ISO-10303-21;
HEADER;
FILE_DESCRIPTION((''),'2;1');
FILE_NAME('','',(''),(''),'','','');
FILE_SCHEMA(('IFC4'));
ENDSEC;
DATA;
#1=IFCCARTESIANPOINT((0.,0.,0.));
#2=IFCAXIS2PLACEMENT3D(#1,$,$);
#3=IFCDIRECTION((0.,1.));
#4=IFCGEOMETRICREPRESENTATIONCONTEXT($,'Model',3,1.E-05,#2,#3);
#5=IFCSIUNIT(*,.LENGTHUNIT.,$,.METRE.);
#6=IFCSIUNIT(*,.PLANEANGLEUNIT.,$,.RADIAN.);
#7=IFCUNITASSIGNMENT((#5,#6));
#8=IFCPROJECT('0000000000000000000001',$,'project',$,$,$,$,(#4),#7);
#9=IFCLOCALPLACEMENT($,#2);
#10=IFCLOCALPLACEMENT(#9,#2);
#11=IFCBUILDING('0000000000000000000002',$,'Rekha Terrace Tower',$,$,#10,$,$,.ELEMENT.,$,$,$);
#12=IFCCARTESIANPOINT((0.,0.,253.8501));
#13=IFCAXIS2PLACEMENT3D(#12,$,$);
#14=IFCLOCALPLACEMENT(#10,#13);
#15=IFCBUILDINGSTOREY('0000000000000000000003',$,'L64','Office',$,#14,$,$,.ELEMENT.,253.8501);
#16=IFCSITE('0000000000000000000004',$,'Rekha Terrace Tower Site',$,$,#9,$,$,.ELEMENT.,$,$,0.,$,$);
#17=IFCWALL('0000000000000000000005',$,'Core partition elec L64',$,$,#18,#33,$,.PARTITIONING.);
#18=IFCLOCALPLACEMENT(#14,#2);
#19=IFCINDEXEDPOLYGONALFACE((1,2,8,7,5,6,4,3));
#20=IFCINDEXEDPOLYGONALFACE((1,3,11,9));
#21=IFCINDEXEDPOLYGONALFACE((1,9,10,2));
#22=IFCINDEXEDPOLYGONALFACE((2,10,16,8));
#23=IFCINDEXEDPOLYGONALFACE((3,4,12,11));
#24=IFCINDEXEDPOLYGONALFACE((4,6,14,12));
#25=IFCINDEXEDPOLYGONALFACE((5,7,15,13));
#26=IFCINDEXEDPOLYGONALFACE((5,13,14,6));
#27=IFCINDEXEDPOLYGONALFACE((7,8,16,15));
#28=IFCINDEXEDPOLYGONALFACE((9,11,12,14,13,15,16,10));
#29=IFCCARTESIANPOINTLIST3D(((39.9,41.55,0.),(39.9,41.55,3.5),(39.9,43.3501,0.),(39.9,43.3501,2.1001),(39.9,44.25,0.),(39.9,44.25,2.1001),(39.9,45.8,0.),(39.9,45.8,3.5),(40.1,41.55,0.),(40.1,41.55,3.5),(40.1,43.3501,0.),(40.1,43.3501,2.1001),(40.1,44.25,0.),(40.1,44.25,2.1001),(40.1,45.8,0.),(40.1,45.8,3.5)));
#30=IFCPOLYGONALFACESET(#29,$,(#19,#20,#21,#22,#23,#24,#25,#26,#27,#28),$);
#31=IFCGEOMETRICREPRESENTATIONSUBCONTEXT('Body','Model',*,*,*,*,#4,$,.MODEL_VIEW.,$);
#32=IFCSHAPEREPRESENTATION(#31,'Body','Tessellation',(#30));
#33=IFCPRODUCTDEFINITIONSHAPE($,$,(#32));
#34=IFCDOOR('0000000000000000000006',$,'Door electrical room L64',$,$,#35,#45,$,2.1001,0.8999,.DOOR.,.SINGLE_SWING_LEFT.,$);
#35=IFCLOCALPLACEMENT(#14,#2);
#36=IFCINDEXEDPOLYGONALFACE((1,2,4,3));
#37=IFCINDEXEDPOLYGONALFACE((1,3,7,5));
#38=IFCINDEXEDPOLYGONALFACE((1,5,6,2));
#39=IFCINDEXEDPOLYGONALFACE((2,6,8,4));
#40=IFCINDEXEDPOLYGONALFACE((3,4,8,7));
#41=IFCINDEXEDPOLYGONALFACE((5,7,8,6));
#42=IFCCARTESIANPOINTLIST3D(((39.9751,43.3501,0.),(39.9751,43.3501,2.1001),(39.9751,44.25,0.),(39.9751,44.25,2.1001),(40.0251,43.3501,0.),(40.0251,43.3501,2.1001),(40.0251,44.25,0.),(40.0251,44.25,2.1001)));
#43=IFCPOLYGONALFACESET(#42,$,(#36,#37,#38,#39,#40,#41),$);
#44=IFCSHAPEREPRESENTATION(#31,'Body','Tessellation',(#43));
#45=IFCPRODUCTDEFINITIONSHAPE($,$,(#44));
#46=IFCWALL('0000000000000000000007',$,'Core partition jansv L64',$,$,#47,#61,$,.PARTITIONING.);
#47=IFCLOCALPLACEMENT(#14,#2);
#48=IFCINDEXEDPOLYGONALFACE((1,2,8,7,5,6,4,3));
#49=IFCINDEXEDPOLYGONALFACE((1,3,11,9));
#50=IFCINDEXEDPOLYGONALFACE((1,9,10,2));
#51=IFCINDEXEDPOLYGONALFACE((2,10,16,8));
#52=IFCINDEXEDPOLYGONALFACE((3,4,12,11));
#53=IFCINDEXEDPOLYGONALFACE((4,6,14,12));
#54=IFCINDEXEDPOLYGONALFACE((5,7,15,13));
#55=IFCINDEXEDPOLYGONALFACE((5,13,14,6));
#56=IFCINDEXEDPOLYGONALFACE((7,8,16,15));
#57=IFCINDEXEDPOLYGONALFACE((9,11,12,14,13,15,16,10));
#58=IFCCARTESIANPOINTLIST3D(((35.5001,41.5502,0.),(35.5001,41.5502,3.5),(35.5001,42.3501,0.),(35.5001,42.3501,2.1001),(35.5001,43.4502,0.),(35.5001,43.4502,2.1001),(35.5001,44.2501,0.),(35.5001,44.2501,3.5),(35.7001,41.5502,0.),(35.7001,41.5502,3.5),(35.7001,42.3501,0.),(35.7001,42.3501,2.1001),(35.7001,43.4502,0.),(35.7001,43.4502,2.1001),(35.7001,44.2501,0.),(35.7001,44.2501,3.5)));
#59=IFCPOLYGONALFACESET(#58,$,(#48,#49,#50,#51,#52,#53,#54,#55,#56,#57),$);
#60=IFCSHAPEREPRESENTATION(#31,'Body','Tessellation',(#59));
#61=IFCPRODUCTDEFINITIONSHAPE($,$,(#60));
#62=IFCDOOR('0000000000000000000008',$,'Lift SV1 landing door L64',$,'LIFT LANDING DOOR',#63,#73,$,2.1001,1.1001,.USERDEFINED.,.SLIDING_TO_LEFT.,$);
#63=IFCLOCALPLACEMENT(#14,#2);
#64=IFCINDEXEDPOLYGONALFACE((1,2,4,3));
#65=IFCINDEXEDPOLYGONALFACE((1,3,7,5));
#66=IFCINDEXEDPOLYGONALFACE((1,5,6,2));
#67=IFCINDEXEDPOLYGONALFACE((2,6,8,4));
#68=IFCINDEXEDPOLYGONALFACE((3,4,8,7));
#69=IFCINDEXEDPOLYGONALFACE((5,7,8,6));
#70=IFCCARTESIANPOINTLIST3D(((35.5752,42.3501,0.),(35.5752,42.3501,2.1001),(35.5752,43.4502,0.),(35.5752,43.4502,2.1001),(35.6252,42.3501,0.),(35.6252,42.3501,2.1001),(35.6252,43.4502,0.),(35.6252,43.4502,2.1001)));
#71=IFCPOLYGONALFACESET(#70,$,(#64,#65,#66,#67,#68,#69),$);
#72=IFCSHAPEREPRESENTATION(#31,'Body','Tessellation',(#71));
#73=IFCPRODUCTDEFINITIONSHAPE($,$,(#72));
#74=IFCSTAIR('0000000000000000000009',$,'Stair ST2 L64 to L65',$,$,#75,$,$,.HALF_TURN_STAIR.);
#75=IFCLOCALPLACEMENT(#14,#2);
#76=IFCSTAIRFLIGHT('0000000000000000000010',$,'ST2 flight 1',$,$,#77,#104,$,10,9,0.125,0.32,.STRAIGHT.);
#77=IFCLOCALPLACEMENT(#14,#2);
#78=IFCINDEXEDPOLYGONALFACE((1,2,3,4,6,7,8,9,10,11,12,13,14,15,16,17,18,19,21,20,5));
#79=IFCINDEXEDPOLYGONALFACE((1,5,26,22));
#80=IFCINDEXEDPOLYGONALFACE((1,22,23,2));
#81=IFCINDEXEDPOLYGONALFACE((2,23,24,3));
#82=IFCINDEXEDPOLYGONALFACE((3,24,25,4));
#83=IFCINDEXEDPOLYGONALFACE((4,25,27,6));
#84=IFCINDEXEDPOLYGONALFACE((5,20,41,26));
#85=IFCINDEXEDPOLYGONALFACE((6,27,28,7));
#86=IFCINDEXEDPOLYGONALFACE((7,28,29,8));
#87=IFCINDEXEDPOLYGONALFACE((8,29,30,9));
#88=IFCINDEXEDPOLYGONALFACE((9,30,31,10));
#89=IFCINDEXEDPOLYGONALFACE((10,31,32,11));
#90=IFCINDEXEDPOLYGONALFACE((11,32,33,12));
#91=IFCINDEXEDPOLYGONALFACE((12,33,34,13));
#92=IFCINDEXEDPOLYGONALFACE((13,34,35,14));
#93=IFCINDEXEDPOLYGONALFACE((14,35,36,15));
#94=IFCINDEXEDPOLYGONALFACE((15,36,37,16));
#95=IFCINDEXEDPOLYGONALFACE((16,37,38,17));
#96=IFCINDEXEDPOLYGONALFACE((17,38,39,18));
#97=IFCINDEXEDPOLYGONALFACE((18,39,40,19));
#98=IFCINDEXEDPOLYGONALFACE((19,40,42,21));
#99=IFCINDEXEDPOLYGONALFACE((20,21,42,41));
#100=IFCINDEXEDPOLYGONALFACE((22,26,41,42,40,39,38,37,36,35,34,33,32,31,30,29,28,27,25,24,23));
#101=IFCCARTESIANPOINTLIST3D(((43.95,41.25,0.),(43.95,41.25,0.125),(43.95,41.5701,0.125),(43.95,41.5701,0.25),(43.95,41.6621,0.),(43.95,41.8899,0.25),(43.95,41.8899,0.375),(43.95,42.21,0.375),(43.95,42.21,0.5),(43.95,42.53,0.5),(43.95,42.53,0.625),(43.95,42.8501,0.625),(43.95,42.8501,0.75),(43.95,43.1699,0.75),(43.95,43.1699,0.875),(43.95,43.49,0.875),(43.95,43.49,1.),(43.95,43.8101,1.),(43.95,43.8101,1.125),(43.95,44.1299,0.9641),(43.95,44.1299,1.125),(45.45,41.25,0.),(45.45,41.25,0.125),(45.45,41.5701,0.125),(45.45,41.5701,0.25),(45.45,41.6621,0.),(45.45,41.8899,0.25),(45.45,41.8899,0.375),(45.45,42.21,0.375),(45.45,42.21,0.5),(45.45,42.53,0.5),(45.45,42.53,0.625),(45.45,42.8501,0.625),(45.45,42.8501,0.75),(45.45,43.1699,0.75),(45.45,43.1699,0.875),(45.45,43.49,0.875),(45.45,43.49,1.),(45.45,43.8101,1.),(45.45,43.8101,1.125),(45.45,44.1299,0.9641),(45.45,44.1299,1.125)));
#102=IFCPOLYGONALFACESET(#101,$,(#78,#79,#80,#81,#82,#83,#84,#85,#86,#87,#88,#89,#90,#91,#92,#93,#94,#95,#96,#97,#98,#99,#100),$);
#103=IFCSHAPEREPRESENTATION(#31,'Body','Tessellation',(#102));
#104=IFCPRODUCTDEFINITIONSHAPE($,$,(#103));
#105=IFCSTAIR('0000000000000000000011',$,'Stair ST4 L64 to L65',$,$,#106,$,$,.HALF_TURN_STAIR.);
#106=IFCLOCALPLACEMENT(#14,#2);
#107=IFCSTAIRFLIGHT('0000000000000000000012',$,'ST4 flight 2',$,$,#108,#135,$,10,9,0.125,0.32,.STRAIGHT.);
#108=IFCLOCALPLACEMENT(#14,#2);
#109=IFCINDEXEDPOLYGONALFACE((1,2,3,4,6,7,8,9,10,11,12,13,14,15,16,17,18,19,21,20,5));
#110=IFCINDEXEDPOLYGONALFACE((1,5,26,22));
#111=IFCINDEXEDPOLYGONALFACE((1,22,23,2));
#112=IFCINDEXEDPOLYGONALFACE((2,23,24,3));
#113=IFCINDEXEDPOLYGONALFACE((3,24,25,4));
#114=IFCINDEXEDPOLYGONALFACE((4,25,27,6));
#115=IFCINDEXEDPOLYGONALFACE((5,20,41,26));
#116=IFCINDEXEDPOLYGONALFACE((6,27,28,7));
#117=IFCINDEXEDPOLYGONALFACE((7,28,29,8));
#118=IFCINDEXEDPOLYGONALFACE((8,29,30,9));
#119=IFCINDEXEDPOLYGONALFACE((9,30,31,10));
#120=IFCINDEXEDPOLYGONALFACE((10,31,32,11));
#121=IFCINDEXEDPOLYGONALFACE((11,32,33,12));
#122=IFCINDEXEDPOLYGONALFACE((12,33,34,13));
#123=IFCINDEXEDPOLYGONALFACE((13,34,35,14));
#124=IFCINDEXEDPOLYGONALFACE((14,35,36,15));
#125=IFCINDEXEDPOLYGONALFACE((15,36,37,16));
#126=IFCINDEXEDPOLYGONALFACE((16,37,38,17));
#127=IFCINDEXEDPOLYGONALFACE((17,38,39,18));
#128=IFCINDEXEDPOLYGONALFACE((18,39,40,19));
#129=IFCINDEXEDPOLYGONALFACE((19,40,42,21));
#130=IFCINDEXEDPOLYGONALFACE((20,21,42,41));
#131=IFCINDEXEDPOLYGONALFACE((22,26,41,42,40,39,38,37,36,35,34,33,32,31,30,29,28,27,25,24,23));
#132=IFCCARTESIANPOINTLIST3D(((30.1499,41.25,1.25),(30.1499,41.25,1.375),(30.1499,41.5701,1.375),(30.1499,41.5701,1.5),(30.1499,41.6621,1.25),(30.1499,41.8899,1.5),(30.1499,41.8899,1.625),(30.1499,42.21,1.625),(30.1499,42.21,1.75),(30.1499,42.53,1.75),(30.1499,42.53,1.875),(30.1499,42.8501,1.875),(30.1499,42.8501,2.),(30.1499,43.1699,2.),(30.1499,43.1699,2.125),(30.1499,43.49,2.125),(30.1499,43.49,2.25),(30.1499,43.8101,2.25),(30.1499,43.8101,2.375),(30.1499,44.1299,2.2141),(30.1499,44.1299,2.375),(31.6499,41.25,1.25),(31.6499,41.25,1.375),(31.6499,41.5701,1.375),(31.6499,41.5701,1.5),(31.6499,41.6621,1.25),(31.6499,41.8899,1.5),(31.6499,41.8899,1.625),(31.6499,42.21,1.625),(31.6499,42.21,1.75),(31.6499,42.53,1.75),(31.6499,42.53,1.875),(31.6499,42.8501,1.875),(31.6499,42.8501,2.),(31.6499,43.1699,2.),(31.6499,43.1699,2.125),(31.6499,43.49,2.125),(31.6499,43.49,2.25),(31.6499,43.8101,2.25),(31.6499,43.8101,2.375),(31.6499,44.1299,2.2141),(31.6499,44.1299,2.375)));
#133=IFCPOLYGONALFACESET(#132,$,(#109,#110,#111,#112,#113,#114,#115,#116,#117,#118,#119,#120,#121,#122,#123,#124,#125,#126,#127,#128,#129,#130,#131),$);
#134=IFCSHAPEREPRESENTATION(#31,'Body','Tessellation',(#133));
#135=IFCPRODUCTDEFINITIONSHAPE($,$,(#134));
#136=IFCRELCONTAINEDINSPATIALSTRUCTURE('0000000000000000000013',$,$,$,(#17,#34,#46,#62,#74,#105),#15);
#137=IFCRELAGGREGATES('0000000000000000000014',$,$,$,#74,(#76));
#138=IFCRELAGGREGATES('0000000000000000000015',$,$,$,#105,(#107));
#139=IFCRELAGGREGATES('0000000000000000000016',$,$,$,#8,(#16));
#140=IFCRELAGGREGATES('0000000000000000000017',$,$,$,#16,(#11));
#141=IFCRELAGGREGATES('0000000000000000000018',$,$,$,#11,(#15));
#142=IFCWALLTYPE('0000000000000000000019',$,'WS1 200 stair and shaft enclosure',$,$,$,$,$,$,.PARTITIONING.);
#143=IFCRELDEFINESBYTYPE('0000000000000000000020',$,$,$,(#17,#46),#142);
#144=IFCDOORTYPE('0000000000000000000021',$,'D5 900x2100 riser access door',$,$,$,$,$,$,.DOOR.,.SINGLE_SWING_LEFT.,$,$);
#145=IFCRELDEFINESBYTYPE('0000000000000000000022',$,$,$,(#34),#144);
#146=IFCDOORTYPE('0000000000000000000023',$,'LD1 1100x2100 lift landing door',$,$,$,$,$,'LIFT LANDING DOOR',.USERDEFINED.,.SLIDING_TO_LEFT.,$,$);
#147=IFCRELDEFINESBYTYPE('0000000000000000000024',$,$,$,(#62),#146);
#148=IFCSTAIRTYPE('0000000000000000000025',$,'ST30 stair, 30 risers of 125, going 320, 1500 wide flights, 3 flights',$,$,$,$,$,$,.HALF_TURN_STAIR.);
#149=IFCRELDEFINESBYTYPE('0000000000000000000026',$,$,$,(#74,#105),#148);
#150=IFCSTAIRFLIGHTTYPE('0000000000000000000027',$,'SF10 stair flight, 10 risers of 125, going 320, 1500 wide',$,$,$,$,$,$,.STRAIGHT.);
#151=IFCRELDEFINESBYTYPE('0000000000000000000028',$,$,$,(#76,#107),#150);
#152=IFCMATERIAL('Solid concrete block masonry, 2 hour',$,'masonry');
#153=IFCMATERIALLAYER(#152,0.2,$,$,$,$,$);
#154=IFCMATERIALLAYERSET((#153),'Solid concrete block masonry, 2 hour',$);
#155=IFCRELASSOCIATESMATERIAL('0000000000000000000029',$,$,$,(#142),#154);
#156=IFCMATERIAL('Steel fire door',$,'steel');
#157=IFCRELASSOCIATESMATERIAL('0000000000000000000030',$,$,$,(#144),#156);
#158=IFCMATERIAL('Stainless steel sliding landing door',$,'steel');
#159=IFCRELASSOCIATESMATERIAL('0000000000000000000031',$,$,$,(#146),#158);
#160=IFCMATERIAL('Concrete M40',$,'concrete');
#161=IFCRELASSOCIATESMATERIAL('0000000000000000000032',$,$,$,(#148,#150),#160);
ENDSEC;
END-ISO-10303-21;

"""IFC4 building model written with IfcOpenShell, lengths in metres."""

from ifc_helpers import new_model, si_unit, direction, frame, frame_2d, origin, place, context, subcontext, project, spatial, polyline, rectangle, outline, extrude, material, layer, layer_set, type_object, element, fill, aggregate, save


model = new_model("IFC4")

# Units and contexts
model_context = context("Model", 3, precision=1e-05, world=origin(), true_north=direction((0.0, 1.0)))
body_context = subcontext(model_context, "Body", "Model", "MODEL_VIEW")
ifc_project = project(units=[si_unit("LENGTHUNIT", "METRE"), si_unit("PLANEANGLEUNIT", "RADIAN")], contexts=[model_context])

# Site, building, storey
site_placement = place(None, origin())
site = spatial("IfcSite", under=ifc_project, at=site_placement, Name="Rekha Terrace Tower Site", CompositionType="ELEMENT", RefElevation=0.0)
building_placement = place(site_placement, origin())
building = spatial("IfcBuilding", under=site, at=building_placement, Name="Rekha Terrace Tower", CompositionType="ELEMENT")
storey_placement = place(building_placement, frame((0.0, 0.0, 253.8501)))
storey = spatial("IfcBuildingStorey", under=building, at=storey_placement, Name="L64", Description="Office", CompositionType="ELEMENT", Elevation=253.8501)

# Shared definitions
ifc_material_1 = material(Name="Stainless steel sliding landing door", Category="steel")
ifc_material_2 = material(Name="Steel fire door", Category="steel")

# Shared definitions
ifc_material_3 = material(Name="Solid concrete block masonry, 2 hour", Category="masonry")
ifc_layer_1 = layer(ifc_material_3, 0.2)
ifc_layer_set_1 = layer_set([ifc_layer_1], Name="Solid concrete block masonry, 2 hour")
wall_type_1 = type_object("IfcWallType", Name="WS1 200 stair and shaft enclosure", PredefinedType="PARTITIONING", material=ifc_layer_set_1)

# Walls, openings, doors
wall_1_placement = place(storey_placement, frame((40.0, 41.55, 0.0), z_axis=(0.0, 0.0, 1.0), x_axis=(0.0, 1.0, 0.0)))
wall_1 = element("IfcWall", 1, at=wall_1_placement, inside=storey, type_object=wall_type_1, Name="Core partition elec L64", PredefinedType="PARTITIONING", context=body_context, shape_type="SweptSolid", body=[
    extrude(rectangle(XDim=4.25, YDim=0.2, at=frame_2d((2.125, 0.0))), origin(), (0.0, 0.0, 1.0), 3.5),
])
opening_1_placement = place(wall_1_placement, frame((1.8, 0.0, 0.0)))
opening_1 = element("IfcOpeningElement", 2, at=opening_1_placement, cuts=wall_1, PredefinedType="OPENING", context=body_context, shape_type="SweptSolid", body=[
    extrude(rectangle(XDim=0.8999, YDim=2.1001, at=frame_2d((0.45, 1.05))), frame((0.0, 0.1099, 0.0), z_axis=(0.0, -1.0, 0.0), x_axis=(1.0, 0.0, 0.0)), (0.0, 0.0, 1.0), 0.22),
])
door_type_1 = type_object("IfcDoorType", Name="D5 900x2100 riser access door", OperationType="SINGLE_SWING_LEFT", PredefinedType="DOOR", material=ifc_material_2)
door_1_placement = place(opening_1_placement, origin())
door_1 = element("IfcDoor", 3, at=door_1_placement, inside=storey, type_object=door_type_1, Name="Door electrical room L64", OperationType="SINGLE_SWING_LEFT", OverallHeight=2.1001, OverallWidth=0.8999, PredefinedType="DOOR", context=body_context, shape_type="SweptSolid", body=[
    extrude(rectangle(XDim=0.8999, YDim=2.1001, at=frame_2d((0.45, 1.05))), frame((0.0, 0.0249, 0.0), z_axis=(0.0, -1.0, 0.0), x_axis=(1.0, 0.0, 0.0)), (0.0, 0.0, 1.0), 0.05),
])
fill(opening_1, door_1)
wall_2_placement = place(storey_placement, frame((35.6001, 41.55, 0.0), z_axis=(0.0, 0.0, 1.0), x_axis=(0.0, 1.0, 0.0)))
wall_2 = element("IfcWall", 4, at=wall_2_placement, inside=storey, type_object=wall_type_1, Name="Core partition jansv L64", PredefinedType="PARTITIONING", context=body_context, shape_type="SweptSolid", body=[
    extrude(rectangle(XDim=2.7, YDim=0.2, at=frame_2d((1.3501, 0.0))), origin(), (0.0, 0.0, 1.0), 3.5),
])
opening_2_placement = place(wall_2_placement, frame((0.8, 0.0, 0.0)))
opening_2 = element("IfcOpeningElement", 5, at=opening_2_placement, cuts=wall_2, PredefinedType="OPENING", context=body_context, shape_type="SweptSolid", body=[
    extrude(rectangle(XDim=1.1001, YDim=2.1001, at=frame_2d((0.55, 1.05))), frame((0.0, 0.1099, 0.0), z_axis=(0.0, -1.0, 0.0), x_axis=(1.0, 0.0, 0.0)), (0.0, 0.0, 1.0), 0.22),
])
door_type_2 = type_object("IfcDoorType", Name="LD1 1100x2100 lift landing door", ElementType="LIFT LANDING DOOR", OperationType="SLIDING_TO_LEFT", PredefinedType="USERDEFINED", material=ifc_material_1)
door_2_placement = place(opening_2_placement, origin())
door_2 = element("IfcDoor", 6, at=door_2_placement, inside=storey, type_object=door_type_2, Name="Lift SV1 landing door L64", ObjectType="LIFT LANDING DOOR", OperationType="SLIDING_TO_LEFT", OverallHeight=2.1001, OverallWidth=1.1001, PredefinedType="USERDEFINED", context=body_context, shape_type="SweptSolid", body=[
    extrude(rectangle(XDim=1.1001, YDim=2.1001, at=frame_2d((0.55, 1.05))), frame((0.0, 0.0249, 0.0), z_axis=(0.0, -1.0, 0.0), x_axis=(1.0, 0.0, 0.0)), (0.0, 0.0, 1.0), 0.05),
])
fill(opening_2, door_2)

# Stairs, stair flights
ifc_material_4 = material(Name="Concrete M40", Category="concrete")
stair_type = type_object("IfcStairType", Name="ST30 stair, 30 risers of 125, going 320, 1500 wide flights, 3 flights", PredefinedType="HALF_TURN_STAIR", material=ifc_material_4)
stair_1_placement = place(storey_placement, origin())
stair_1 = element("IfcStair", 7, at=stair_1_placement, inside=storey, type_object=stair_type, Name="Stair ST2 L64 to L65", PredefinedType="HALF_TURN_STAIR")
stair_flight_type = type_object("IfcStairFlightType", Name="SF10 stair flight, 10 risers of 125, going 320, 1500 wide", PredefinedType="STRAIGHT", material=ifc_material_4)
stair_flight_1_placement = place(storey_placement, frame((44.7, 41.25, 0.0), z_axis=(0.0, 0.0, 1.0), x_axis=(0.0, 1.0, 0.0)))
stair_flight_1 = element("IfcStairFlight", 8, at=stair_flight_1_placement, type_object=stair_flight_type, Name="ST2 flight 1", NumberOfRisers=10, NumberOfTreads=9, PredefinedType="STRAIGHT", RiserHeight=0.125, TreadLength=0.32, context=body_context, shape_type="SweptSolid", body=[
    extrude(outline(polyline([(0.0, 0.0), (0.0, 0.125), (0.3201, 0.125), (0.3201, 0.25), (0.6399, 0.25), (0.6399, 0.375), (0.96, 0.375), (0.96, 0.5), (1.28, 0.5), (1.28, 0.625), (1.6001, 0.625), (1.6001, 0.75), (1.9199, 0.75), (1.9199, 0.875), (2.24, 0.875), (2.24, 1.0), (2.5601, 1.0), (2.5601, 1.125), (2.8799, 1.125), (2.8799, 1.25), (2.8799, 0.9641), (0.4121, 0.0), (0.0, 0.0)])), frame((0.0, 0.75, 0.0), z_axis=(0.0, -1.0, 0.0), x_axis=(1.0, 0.0, 0.0)), (0.0, 0.0, 1.0), 1.5),
])
aggregate(stair_1, [stair_flight_1])
stair_2_placement = place(storey_placement, origin())
stair_2 = element("IfcStair", 9, at=stair_2_placement, inside=storey, type_object=stair_type, Name="Stair ST4 L64 to L65", PredefinedType="HALF_TURN_STAIR")
stair_flight_2_placement = place(storey_placement, frame((30.8999, 41.25, 1.25), z_axis=(0.0, 0.0, 1.0), x_axis=(0.0, 1.0, 0.0)))
stair_flight_2 = element("IfcStairFlight", 10, at=stair_flight_2_placement, type_object=stair_flight_type, Name="ST4 flight 2", NumberOfRisers=10, NumberOfTreads=9, PredefinedType="STRAIGHT", RiserHeight=0.125, TreadLength=0.32, context=body_context, shape_type="SweptSolid", body=[
    extrude(outline(polyline([(0.0, 0.0), (0.0, 0.125), (0.3201, 0.125), (0.3201, 0.25), (0.6399, 0.25), (0.6399, 0.375), (0.96, 0.375), (0.96, 0.5), (1.28, 0.5), (1.28, 0.625), (1.6001, 0.625), (1.6001, 0.75), (1.9199, 0.75), (1.9199, 0.875), (2.24, 0.875), (2.24, 1.0), (2.5601, 1.0), (2.5601, 1.125), (2.8799, 1.125), (2.8799, 1.25), (2.8799, 0.9641), (0.4121, 0.0), (0.0, 0.0)])), frame((0.0, 0.75, 0.0), z_axis=(0.0, -1.0, 0.0), x_axis=(1.0, 0.0, 0.0)), (0.0, 0.0, 1.0), 1.5),
])
aggregate(stair_2, [stair_flight_2])

save(model, "model.ifc")
